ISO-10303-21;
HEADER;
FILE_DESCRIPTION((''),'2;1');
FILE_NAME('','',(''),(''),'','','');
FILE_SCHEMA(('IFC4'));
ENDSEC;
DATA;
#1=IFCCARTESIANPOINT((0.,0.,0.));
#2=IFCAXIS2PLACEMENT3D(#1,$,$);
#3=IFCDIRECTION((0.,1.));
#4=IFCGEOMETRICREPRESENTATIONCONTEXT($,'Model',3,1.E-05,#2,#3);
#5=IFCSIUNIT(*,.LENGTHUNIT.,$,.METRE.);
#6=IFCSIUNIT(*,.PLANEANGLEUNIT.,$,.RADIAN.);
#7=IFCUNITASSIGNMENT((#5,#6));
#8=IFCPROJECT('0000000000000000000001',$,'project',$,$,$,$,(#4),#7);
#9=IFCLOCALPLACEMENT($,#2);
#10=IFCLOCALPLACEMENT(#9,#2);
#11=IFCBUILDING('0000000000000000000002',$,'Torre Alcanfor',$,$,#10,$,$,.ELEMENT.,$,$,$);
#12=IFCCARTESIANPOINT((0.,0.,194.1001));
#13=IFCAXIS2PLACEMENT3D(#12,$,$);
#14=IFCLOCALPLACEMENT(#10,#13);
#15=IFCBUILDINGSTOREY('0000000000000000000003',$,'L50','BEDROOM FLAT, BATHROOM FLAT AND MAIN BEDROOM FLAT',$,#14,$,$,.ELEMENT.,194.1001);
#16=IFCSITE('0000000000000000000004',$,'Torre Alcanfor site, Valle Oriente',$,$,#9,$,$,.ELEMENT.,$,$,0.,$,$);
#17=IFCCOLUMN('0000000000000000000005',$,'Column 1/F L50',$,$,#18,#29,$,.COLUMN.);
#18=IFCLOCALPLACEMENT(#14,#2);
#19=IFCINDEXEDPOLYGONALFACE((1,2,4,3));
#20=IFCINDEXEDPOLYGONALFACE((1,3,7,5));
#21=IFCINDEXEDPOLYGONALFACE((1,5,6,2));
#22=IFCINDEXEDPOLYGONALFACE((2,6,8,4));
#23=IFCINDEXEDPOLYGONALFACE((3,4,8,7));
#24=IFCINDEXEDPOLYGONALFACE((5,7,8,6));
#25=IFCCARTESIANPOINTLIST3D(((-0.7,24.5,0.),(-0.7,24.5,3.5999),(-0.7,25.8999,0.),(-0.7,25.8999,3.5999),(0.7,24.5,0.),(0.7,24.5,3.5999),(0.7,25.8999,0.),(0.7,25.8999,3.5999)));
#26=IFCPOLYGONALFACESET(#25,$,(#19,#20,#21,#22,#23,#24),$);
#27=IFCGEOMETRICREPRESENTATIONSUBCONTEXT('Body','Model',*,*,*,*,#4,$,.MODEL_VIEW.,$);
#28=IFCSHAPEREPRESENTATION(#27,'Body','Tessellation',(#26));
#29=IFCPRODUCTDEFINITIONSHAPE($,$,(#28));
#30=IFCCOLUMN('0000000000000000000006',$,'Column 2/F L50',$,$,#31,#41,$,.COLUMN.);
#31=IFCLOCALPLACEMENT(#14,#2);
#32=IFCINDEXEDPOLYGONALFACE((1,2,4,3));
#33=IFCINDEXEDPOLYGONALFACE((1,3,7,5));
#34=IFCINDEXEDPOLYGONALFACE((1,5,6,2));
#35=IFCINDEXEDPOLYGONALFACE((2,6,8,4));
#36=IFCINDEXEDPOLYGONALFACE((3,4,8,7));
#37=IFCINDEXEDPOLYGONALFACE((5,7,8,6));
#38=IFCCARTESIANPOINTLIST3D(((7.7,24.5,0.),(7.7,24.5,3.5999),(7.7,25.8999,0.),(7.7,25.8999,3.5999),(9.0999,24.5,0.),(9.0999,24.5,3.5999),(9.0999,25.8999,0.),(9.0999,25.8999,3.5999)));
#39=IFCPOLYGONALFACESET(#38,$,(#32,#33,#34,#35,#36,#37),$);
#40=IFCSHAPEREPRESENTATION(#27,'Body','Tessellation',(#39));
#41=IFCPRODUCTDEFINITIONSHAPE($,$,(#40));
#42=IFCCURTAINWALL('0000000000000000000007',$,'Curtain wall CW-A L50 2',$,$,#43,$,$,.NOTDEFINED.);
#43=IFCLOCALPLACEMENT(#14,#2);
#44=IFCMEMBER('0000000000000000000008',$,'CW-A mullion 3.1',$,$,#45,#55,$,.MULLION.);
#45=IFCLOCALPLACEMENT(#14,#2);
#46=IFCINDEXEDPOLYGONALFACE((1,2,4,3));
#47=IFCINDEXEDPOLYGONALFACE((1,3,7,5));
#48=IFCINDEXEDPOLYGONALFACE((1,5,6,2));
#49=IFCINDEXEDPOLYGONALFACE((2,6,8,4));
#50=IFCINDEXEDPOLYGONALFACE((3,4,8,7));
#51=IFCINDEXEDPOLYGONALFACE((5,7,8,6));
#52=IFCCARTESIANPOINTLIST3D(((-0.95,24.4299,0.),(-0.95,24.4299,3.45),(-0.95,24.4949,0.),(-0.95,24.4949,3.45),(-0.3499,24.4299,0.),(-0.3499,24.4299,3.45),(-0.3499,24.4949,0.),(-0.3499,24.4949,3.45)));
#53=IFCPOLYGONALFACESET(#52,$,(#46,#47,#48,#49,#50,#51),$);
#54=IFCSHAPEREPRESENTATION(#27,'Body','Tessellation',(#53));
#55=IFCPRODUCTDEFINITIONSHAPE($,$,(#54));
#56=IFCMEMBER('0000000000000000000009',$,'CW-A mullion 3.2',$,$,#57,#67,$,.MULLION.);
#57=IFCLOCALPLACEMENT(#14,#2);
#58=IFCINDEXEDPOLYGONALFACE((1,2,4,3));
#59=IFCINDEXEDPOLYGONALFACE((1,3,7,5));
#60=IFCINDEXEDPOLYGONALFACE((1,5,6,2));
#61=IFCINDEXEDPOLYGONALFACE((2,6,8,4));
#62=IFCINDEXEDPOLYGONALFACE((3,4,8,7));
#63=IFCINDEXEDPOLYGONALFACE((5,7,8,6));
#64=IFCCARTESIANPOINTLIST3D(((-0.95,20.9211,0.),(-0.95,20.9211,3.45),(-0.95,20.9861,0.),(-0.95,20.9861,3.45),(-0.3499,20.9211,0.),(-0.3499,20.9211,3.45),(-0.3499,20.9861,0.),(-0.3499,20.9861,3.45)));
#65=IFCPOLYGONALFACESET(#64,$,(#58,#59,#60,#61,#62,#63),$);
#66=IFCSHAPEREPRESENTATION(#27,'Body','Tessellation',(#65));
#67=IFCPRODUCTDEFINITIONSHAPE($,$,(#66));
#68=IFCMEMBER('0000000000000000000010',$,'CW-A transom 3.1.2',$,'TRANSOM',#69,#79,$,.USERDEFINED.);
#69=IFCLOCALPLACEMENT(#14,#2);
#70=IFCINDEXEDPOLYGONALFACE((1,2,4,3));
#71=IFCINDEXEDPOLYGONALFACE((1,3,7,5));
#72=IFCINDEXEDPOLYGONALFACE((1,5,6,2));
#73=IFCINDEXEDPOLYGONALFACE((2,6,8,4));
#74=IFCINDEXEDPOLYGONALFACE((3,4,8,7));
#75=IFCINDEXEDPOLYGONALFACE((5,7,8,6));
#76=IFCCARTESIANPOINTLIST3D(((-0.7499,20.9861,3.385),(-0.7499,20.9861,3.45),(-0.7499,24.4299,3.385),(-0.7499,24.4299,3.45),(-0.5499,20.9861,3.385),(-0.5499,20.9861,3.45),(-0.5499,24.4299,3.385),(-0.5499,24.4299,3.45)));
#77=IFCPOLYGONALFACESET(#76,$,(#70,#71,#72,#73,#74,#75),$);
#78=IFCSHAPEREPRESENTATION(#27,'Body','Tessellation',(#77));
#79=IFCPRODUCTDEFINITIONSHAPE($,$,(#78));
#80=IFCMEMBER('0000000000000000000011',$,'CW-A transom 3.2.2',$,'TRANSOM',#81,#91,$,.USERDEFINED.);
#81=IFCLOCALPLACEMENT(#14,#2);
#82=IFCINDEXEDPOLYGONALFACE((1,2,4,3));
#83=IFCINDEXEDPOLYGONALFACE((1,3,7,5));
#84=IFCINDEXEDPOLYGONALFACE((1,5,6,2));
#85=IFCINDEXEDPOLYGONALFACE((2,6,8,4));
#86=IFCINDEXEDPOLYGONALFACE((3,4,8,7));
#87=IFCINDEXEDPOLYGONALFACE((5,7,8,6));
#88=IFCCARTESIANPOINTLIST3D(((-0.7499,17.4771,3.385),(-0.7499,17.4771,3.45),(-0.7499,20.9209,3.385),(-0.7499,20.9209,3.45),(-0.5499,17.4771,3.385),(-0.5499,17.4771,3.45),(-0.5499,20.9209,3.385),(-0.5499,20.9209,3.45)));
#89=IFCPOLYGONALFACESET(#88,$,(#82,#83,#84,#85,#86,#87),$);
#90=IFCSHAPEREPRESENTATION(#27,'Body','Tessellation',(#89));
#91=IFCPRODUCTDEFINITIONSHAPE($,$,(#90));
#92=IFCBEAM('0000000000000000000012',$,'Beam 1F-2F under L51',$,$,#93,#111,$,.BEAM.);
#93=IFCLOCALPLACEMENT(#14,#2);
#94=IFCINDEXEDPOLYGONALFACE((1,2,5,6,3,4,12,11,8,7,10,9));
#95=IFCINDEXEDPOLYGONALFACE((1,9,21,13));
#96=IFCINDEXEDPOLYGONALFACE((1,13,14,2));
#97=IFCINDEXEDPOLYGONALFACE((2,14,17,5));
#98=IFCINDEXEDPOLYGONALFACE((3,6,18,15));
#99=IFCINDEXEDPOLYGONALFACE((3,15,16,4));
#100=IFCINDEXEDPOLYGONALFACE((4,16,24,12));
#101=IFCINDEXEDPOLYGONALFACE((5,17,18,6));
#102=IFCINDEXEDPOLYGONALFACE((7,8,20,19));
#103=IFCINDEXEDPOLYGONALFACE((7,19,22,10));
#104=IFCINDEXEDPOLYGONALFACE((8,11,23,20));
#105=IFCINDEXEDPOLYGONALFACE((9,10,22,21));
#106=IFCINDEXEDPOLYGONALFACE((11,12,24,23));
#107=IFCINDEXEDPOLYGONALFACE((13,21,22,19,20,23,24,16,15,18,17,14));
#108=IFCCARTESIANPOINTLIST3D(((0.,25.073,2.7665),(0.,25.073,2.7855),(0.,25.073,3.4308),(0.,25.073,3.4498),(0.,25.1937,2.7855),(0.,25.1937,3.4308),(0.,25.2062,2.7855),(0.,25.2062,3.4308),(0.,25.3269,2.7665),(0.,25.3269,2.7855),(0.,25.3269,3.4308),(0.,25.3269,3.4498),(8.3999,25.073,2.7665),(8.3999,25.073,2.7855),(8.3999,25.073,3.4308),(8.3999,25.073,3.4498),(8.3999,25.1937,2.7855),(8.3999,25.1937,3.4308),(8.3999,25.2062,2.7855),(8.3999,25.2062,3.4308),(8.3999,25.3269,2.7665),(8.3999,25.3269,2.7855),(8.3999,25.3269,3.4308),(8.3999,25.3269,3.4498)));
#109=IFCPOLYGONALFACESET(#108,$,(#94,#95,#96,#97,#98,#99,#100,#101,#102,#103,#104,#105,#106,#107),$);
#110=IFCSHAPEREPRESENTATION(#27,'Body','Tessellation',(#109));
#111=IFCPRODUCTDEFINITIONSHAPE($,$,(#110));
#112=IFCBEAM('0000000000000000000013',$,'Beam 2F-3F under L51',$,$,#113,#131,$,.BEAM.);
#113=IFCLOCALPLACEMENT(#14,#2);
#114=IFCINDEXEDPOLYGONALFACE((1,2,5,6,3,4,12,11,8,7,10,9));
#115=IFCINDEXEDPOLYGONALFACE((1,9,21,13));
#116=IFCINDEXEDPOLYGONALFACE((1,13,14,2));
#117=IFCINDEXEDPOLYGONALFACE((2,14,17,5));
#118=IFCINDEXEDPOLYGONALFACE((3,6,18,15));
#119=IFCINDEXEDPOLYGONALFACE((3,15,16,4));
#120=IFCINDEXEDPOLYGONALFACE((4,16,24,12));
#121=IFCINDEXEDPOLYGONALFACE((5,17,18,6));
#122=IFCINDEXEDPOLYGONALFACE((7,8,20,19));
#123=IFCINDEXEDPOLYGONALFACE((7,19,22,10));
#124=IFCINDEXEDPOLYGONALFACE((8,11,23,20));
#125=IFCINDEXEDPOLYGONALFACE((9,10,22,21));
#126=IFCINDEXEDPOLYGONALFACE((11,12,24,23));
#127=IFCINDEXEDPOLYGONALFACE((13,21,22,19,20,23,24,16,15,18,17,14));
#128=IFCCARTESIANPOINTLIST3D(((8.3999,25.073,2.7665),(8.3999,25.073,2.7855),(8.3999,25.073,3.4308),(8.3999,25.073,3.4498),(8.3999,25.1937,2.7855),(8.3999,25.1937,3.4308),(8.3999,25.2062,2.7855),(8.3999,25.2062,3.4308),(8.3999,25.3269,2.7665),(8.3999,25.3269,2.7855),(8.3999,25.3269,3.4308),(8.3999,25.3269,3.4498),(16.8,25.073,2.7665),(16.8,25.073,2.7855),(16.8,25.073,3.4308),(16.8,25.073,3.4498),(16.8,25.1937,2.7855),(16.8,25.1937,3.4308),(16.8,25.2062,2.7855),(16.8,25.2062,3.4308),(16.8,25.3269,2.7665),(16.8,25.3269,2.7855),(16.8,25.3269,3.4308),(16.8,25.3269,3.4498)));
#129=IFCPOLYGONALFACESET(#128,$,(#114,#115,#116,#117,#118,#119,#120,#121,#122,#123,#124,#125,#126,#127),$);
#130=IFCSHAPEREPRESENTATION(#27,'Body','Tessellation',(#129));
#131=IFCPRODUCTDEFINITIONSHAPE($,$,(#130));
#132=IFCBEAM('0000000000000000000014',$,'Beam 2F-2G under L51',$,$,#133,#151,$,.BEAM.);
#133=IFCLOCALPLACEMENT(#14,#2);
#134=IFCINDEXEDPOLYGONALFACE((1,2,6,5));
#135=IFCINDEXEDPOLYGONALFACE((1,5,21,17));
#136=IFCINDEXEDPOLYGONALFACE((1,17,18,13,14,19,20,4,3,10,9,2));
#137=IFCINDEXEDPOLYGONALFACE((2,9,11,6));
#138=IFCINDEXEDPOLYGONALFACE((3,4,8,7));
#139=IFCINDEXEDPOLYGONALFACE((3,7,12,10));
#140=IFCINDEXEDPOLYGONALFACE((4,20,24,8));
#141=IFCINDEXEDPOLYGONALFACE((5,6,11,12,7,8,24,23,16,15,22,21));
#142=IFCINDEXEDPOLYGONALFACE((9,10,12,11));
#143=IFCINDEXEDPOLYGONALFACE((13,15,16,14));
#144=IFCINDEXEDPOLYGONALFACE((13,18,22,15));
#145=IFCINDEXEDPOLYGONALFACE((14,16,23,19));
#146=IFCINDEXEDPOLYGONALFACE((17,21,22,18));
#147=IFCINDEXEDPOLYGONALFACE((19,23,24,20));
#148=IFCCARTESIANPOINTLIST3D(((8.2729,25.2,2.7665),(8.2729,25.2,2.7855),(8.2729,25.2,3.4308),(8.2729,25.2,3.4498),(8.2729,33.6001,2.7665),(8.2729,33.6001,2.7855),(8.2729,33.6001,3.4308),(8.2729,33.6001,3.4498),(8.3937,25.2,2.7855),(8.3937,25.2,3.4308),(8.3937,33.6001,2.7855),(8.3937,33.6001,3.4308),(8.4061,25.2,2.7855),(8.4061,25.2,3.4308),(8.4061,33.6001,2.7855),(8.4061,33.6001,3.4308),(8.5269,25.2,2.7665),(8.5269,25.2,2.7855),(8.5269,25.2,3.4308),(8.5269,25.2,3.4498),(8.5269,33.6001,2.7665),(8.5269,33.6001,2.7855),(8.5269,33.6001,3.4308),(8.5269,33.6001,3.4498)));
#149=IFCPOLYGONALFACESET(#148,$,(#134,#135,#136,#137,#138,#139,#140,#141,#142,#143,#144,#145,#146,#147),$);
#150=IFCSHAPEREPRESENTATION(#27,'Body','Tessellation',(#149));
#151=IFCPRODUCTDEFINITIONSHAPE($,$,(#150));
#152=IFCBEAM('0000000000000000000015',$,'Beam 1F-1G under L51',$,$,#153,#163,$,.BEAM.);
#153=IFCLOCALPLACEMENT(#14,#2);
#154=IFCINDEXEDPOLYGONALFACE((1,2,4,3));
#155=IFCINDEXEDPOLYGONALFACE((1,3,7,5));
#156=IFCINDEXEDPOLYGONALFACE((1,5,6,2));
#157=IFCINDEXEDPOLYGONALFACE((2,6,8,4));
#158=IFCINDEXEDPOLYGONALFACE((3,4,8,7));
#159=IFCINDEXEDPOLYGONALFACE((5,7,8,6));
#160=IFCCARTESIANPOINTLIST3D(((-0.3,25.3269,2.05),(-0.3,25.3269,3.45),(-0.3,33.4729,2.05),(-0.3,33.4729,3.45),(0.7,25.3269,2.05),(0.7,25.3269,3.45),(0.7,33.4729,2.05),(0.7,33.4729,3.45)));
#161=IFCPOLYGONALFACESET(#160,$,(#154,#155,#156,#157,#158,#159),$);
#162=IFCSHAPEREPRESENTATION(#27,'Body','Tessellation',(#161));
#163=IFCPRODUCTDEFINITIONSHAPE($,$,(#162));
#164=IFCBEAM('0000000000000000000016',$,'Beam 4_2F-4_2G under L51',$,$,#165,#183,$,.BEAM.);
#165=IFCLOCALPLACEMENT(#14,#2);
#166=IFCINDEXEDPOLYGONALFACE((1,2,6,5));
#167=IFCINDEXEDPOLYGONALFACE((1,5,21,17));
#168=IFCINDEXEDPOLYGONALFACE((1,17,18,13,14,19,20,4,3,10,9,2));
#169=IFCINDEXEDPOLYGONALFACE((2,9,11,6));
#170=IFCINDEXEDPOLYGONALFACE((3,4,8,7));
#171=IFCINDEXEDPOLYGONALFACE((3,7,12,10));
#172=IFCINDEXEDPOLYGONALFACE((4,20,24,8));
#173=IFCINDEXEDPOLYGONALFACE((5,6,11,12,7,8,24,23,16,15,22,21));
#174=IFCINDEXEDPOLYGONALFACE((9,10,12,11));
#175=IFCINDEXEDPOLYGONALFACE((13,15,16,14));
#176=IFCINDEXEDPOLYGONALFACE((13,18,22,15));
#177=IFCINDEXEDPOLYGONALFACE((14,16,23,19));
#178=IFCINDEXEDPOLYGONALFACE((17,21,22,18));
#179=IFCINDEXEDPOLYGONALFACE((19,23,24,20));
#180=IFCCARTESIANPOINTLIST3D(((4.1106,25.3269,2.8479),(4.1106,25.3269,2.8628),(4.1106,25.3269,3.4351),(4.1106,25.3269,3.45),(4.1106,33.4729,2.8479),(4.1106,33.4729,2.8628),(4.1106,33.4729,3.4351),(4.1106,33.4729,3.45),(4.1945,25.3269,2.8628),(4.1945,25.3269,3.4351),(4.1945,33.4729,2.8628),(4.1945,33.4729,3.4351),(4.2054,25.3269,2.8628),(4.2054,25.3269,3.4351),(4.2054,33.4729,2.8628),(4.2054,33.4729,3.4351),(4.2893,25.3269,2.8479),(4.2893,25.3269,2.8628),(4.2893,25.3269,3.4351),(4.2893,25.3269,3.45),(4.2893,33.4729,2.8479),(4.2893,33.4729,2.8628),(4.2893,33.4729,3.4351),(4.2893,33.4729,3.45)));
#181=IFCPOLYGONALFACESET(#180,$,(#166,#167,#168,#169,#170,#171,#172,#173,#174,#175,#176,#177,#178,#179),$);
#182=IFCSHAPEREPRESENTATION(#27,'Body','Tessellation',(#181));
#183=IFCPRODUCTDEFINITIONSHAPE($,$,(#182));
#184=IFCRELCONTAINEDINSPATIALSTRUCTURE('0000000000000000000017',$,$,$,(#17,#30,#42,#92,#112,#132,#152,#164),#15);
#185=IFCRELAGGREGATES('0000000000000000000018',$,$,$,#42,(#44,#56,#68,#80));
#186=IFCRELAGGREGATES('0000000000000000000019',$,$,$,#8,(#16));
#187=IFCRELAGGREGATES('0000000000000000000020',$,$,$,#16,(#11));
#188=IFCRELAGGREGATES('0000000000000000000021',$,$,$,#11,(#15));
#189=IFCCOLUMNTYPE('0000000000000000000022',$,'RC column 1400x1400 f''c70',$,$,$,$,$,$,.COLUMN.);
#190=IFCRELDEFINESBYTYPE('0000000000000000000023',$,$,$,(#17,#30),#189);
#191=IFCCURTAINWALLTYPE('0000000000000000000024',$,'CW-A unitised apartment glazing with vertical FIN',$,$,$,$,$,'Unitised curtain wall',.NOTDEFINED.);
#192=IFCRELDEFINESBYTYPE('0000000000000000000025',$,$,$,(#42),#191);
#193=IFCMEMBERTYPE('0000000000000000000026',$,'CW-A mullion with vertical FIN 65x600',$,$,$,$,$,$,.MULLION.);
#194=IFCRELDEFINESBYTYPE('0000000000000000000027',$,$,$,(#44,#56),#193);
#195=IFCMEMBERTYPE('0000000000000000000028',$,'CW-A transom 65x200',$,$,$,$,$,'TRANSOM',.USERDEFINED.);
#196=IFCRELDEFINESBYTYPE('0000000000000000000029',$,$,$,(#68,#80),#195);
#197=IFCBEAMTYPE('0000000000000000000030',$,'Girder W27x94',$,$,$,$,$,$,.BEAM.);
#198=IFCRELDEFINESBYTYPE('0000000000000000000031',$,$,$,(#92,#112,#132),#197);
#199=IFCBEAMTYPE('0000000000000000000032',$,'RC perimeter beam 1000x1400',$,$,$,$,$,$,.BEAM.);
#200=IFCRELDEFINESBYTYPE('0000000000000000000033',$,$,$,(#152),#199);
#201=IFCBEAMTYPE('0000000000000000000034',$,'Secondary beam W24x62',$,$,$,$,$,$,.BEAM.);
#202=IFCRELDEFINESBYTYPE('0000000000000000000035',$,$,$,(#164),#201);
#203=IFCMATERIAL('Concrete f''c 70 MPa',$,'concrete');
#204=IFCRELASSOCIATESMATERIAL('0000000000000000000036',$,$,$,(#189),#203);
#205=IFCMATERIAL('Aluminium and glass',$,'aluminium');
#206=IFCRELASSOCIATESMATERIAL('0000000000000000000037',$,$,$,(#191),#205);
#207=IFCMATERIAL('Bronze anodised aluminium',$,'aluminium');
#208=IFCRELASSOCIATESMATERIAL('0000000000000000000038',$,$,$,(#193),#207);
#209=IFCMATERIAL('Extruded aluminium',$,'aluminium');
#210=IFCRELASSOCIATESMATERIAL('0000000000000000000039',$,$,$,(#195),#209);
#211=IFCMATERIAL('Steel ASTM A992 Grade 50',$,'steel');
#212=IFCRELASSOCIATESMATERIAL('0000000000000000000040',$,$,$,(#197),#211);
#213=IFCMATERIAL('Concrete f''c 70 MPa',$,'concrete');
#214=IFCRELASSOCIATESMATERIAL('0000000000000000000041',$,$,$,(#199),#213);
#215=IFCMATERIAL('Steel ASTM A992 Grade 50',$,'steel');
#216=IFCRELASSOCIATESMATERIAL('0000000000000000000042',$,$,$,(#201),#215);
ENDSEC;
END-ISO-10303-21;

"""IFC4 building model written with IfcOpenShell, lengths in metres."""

from ifc_helpers import new_model, si_unit, direction, frame, origin, origin_2d, place, context, subcontext, project, spatial, rectangle, i_section, extrude, material, material_profile, profile_set, type_object, element, aggregate, save


model = new_model("IFC4")

# Units and contexts
model_context = context("Model", 3, precision=1e-05, world=origin(), true_north=direction((0.0, 1.0)))
body_context = subcontext(model_context, "Body", "Model", "MODEL_VIEW")
ifc_project = project(units=[si_unit("LENGTHUNIT", "METRE"), si_unit("PLANEANGLEUNIT", "RADIAN")], contexts=[model_context])

# Site, building, storey
site_placement = place(None, origin())
site = spatial("IfcSite", under=ifc_project, at=site_placement, Name="Torre Alcanfor site, Valle Oriente", CompositionType="ELEMENT", RefElevation=0.0)
building_placement = place(site_placement, origin())
building = spatial("IfcBuilding", under=site, at=building_placement, Name="Torre Alcanfor", CompositionType="ELEMENT")
storey_placement = place(building_placement, frame((0.0, 0.0, 194.1001)))
storey = spatial("IfcBuildingStorey", under=building, at=storey_placement, Name="L50", Description="BEDROOM FLAT, BATHROOM FLAT AND MAIN BEDROOM FLAT", CompositionType="ELEMENT", Elevation=194.1001)

# Columns
ifc_material_1 = material(Name="Concrete f'c 70 MPa", Category="concrete")
ifc_material_profile_1 = material_profile(ifc_material_1, rectangle(XDim=1.3999, YDim=1.3999, at=origin_2d()), Name="1400x1400")
ifc_profile_set_1 = profile_set([ifc_material_profile_1], Name="Concrete f'c 70 MPa")
column_type = type_object("IfcColumnType", Name="RC column 1400x1400 f'c70", PredefinedType="COLUMN", material=ifc_profile_set_1)
for number, where, z_axis, x_axis, name in (
    (1, (0.0, 25.2, 0.0), (0.0, 0.0, 1.0), (1.0, 0.0, 0.0), "Column 1/F L50"),
    (2, (8.3999, 25.2, 0.0), (0.0, 0.0, 1.0), (1.0, 0.0, 0.0), "Column 2/F L50"),
):
    element("IfcColumn", number, at=place(storey_placement, frame(where, z_axis=z_axis, x_axis=x_axis)), inside=storey, type_object=column_type, Name=name, PredefinedType="COLUMN", context=body_context, shape_type="SweptSolid", body=[
        extrude(rectangle(XDim=1.3999, YDim=1.3999, at=origin_2d()), origin(), (0.0, 0.0, 1.0), 3.5999),
    ])

# Curtain wall, members
ifc_material_2 = material(Name="Aluminium and glass", Category="aluminium")
curtain_wall_type = type_object("IfcCurtainWallType", Name="CW-A unitised apartment glazing with vertical FIN", ElementType="Unitised curtain wall", PredefinedType="NOTDEFINED", material=ifc_material_2)
curtain_wall_placement = place(storey_placement, origin())
curtain_wall = element("IfcCurtainWall", 3, at=curtain_wall_placement, inside=storey, type_object=curtain_wall_type, Name="Curtain wall CW-A L50 2", PredefinedType="NOTDEFINED")
ifc_material_3 = material(Name="Bronze anodised aluminium", Category="aluminium")
ifc_material_profile_2 = material_profile(ifc_material_3, rectangle(XDim=0.6001, YDim=0.0649, at=origin_2d()), Name="CW-A mullion 65x600")
ifc_profile_set_2 = profile_set([ifc_material_profile_2], Name="Bronze anodised aluminium")
member_type_1 = type_object("IfcMemberType", Name="CW-A mullion with vertical FIN 65x600", PredefinedType="MULLION", material=ifc_profile_set_2)
member_1_placement = place(storey_placement, frame((-0.6499, 24.4624, 0.0), z_axis=(0.0, 0.0, 1.0), x_axis=(1.0, 0.0, 0.0)))
member_1 = element("IfcMember", 4, at=member_1_placement, type_object=member_type_1, Name="CW-A mullion 3.1", PredefinedType="MULLION", context=body_context, shape_type="SweptSolid", body=[
    extrude(rectangle(XDim=0.6001, YDim=0.0649, at=origin_2d()), origin(), (0.0, 0.0, 1.0), 3.45),
])
member_2_placement = place(storey_placement, frame((-0.6499, 20.9536, 0.0), z_axis=(0.0, 0.0, 1.0), x_axis=(1.0, 0.0, 0.0)))
member_2 = element("IfcMember", 5, at=member_2_placement, type_object=member_type_1, Name="CW-A mullion 3.2", PredefinedType="MULLION", context=body_context, shape_type="SweptSolid", body=[
    extrude(rectangle(XDim=0.6001, YDim=0.0649, at=origin_2d()), origin(), (0.0, 0.0, 1.0), 3.45),
])
ifc_material_4 = material(Name="Extruded aluminium", Category="aluminium")
ifc_material_profile_3 = material_profile(ifc_material_4, rectangle(XDim=0.2, YDim=0.0649, at=origin_2d()), Name="CW-A transom 200x65")
ifc_profile_set_3 = profile_set([ifc_material_profile_3], Name="Extruded aluminium")
member_type_2 = type_object("IfcMemberType", Name="CW-A transom 65x200", ElementType="TRANSOM", PredefinedType="USERDEFINED", material=ifc_profile_set_3)
member_3_placement = place(storey_placement, frame((-0.6499, 24.4299, 3.4175), z_axis=(0.0, -1.0, 0.0), x_axis=(1.0, 0.0, 0.0)))
member_3 = element("IfcMember", 6, at=member_3_placement, type_object=member_type_2, Name="CW-A transom 3.1.2", ObjectType="TRANSOM", PredefinedType="USERDEFINED", context=body_context, shape_type="SweptSolid", body=[
    extrude(rectangle(XDim=0.2, YDim=0.0649, at=origin_2d()), origin(), (0.0, 0.0, 1.0), 3.4438),
])
member_4_placement = place(storey_placement, frame((-0.6499, 20.9209, 3.4175), z_axis=(0.0, -1.0, 0.0), x_axis=(1.0, 0.0, 0.0)))
member_4 = element("IfcMember", 7, at=member_4_placement, type_object=member_type_2, Name="CW-A transom 3.2.2", ObjectType="TRANSOM", PredefinedType="USERDEFINED", context=body_context, shape_type="SweptSolid", body=[
    extrude(rectangle(XDim=0.2, YDim=0.0649, at=origin_2d()), origin(), (0.0, 0.0, 1.0), 3.4438),
])

# Beams
ifc_material_5 = material(Name="Steel ASTM A992 Grade 50", Category="steel")
ifc_material_profile_4 = material_profile(ifc_material_5, i_section(OverallWidth=0.2539, OverallDepth=0.6833, WebThickness=0.0125, FlangeThickness=0.019, at=origin_2d()), Name="W27x94")
ifc_profile_set_4 = profile_set([ifc_material_profile_4], Name="Steel ASTM A992 Grade 50")
beam_type_1 = type_object("IfcBeamType", Name="Girder W27x94", PredefinedType="BEAM", material=ifc_profile_set_4)
beam_1_placement = place(storey_placement, frame((0.0, 25.2, 3.1082), z_axis=(1.0, 0.0, 0.0), x_axis=(0.0, 1.0, 0.0)))
element("IfcBeam", 8, at=beam_1_placement, inside=storey, type_object=beam_type_1, Name="Beam 1F-2F under L51", PredefinedType="BEAM", context=body_context, shape_type="SweptSolid", body=[
    extrude(i_section(OverallWidth=0.2539, OverallDepth=0.6833, WebThickness=0.0125, FlangeThickness=0.019, at=origin_2d()), origin(), (0.0, 0.0, 1.0), 8.3999),
])
for number, where, z_axis, x_axis, name in (
    (9, (8.3999, 25.2, 3.1082), (1.0, 0.0, 0.0), (0.0, 1.0, 0.0), "Beam 2F-3F under L51"),
    (10, (8.3999, 25.2, 3.1082), (0.0, 1.0, 0.0), (-1.0, 0.0, 0.0), "Beam 2F-2G under L51"),
):
    element("IfcBeam", number, at=place(storey_placement, frame(where, z_axis=z_axis, x_axis=x_axis)), inside=storey, type_object=beam_type_1, Name=name, PredefinedType="BEAM", context=body_context, shape_type="SweptSolid", body=[
        extrude(i_section(OverallWidth=0.2539, OverallDepth=0.6833, WebThickness=0.0125, FlangeThickness=0.019, at=origin_2d()), origin(), (0.0, 0.0, 1.0), 8.4001),
    ])
ifc_material_6 = material(Name="Concrete f'c 70 MPa", Category="concrete")
ifc_material_profile_5 = material_profile(ifc_material_6, rectangle(XDim=1.0, YDim=1.3999, at=origin_2d()), Name="1000x1400")
ifc_profile_set_5 = profile_set([ifc_material_profile_5], Name="Concrete f'c 70 MPa")
beam_type_2 = type_object("IfcBeamType", Name="RC perimeter beam 1000x1400", PredefinedType="BEAM", material=ifc_profile_set_5)
beam_2_placement = place(storey_placement, frame((0.2, 25.3269, 2.75), z_axis=(0.0, 1.0, 0.0), x_axis=(-1.0, 0.0, 0.0)))
element("IfcBeam", 11, at=beam_2_placement, inside=storey, type_object=beam_type_2, Name="Beam 1F-1G under L51", PredefinedType="BEAM", context=body_context, shape_type="SweptSolid", body=[
    extrude(rectangle(XDim=1.0, YDim=1.3999, at=origin_2d()), origin(), (0.0, 0.0, 1.0), 8.146),
])
ifc_material_7 = material(Name="Steel ASTM A992 Grade 50", Category="steel")
ifc_material_profile_6 = material_profile(ifc_material_7, i_section(OverallWidth=0.1787, OverallDepth=0.6021, WebThickness=0.011, FlangeThickness=0.0149, at=origin_2d()), Name="W24x62")
ifc_profile_set_6 = profile_set([ifc_material_profile_6], Name="Steel ASTM A992 Grade 50")
beam_type_3 = type_object("IfcBeamType", Name="Secondary beam W24x62", PredefinedType="BEAM", material=ifc_profile_set_6)
beam_3_placement = place(storey_placement, frame((4.2, 25.3269, 3.1489), z_axis=(0.0, 1.0, 0.0), x_axis=(-1.0, 0.0, 0.0)))
element("IfcBeam", 12, at=beam_3_placement, inside=storey, type_object=beam_type_3, Name="Beam 4_2F-4_2G under L51", PredefinedType="BEAM", context=body_context, shape_type="SweptSolid", body=[
    extrude(i_section(OverallWidth=0.1787, OverallDepth=0.6021, WebThickness=0.011, FlangeThickness=0.0149, at=origin_2d()), origin(), (0.0, 0.0, 1.0), 8.146),
])

aggregate(curtain_wall, [member_1, member_2, member_3, member_4])

save(model, "model.ifc")
